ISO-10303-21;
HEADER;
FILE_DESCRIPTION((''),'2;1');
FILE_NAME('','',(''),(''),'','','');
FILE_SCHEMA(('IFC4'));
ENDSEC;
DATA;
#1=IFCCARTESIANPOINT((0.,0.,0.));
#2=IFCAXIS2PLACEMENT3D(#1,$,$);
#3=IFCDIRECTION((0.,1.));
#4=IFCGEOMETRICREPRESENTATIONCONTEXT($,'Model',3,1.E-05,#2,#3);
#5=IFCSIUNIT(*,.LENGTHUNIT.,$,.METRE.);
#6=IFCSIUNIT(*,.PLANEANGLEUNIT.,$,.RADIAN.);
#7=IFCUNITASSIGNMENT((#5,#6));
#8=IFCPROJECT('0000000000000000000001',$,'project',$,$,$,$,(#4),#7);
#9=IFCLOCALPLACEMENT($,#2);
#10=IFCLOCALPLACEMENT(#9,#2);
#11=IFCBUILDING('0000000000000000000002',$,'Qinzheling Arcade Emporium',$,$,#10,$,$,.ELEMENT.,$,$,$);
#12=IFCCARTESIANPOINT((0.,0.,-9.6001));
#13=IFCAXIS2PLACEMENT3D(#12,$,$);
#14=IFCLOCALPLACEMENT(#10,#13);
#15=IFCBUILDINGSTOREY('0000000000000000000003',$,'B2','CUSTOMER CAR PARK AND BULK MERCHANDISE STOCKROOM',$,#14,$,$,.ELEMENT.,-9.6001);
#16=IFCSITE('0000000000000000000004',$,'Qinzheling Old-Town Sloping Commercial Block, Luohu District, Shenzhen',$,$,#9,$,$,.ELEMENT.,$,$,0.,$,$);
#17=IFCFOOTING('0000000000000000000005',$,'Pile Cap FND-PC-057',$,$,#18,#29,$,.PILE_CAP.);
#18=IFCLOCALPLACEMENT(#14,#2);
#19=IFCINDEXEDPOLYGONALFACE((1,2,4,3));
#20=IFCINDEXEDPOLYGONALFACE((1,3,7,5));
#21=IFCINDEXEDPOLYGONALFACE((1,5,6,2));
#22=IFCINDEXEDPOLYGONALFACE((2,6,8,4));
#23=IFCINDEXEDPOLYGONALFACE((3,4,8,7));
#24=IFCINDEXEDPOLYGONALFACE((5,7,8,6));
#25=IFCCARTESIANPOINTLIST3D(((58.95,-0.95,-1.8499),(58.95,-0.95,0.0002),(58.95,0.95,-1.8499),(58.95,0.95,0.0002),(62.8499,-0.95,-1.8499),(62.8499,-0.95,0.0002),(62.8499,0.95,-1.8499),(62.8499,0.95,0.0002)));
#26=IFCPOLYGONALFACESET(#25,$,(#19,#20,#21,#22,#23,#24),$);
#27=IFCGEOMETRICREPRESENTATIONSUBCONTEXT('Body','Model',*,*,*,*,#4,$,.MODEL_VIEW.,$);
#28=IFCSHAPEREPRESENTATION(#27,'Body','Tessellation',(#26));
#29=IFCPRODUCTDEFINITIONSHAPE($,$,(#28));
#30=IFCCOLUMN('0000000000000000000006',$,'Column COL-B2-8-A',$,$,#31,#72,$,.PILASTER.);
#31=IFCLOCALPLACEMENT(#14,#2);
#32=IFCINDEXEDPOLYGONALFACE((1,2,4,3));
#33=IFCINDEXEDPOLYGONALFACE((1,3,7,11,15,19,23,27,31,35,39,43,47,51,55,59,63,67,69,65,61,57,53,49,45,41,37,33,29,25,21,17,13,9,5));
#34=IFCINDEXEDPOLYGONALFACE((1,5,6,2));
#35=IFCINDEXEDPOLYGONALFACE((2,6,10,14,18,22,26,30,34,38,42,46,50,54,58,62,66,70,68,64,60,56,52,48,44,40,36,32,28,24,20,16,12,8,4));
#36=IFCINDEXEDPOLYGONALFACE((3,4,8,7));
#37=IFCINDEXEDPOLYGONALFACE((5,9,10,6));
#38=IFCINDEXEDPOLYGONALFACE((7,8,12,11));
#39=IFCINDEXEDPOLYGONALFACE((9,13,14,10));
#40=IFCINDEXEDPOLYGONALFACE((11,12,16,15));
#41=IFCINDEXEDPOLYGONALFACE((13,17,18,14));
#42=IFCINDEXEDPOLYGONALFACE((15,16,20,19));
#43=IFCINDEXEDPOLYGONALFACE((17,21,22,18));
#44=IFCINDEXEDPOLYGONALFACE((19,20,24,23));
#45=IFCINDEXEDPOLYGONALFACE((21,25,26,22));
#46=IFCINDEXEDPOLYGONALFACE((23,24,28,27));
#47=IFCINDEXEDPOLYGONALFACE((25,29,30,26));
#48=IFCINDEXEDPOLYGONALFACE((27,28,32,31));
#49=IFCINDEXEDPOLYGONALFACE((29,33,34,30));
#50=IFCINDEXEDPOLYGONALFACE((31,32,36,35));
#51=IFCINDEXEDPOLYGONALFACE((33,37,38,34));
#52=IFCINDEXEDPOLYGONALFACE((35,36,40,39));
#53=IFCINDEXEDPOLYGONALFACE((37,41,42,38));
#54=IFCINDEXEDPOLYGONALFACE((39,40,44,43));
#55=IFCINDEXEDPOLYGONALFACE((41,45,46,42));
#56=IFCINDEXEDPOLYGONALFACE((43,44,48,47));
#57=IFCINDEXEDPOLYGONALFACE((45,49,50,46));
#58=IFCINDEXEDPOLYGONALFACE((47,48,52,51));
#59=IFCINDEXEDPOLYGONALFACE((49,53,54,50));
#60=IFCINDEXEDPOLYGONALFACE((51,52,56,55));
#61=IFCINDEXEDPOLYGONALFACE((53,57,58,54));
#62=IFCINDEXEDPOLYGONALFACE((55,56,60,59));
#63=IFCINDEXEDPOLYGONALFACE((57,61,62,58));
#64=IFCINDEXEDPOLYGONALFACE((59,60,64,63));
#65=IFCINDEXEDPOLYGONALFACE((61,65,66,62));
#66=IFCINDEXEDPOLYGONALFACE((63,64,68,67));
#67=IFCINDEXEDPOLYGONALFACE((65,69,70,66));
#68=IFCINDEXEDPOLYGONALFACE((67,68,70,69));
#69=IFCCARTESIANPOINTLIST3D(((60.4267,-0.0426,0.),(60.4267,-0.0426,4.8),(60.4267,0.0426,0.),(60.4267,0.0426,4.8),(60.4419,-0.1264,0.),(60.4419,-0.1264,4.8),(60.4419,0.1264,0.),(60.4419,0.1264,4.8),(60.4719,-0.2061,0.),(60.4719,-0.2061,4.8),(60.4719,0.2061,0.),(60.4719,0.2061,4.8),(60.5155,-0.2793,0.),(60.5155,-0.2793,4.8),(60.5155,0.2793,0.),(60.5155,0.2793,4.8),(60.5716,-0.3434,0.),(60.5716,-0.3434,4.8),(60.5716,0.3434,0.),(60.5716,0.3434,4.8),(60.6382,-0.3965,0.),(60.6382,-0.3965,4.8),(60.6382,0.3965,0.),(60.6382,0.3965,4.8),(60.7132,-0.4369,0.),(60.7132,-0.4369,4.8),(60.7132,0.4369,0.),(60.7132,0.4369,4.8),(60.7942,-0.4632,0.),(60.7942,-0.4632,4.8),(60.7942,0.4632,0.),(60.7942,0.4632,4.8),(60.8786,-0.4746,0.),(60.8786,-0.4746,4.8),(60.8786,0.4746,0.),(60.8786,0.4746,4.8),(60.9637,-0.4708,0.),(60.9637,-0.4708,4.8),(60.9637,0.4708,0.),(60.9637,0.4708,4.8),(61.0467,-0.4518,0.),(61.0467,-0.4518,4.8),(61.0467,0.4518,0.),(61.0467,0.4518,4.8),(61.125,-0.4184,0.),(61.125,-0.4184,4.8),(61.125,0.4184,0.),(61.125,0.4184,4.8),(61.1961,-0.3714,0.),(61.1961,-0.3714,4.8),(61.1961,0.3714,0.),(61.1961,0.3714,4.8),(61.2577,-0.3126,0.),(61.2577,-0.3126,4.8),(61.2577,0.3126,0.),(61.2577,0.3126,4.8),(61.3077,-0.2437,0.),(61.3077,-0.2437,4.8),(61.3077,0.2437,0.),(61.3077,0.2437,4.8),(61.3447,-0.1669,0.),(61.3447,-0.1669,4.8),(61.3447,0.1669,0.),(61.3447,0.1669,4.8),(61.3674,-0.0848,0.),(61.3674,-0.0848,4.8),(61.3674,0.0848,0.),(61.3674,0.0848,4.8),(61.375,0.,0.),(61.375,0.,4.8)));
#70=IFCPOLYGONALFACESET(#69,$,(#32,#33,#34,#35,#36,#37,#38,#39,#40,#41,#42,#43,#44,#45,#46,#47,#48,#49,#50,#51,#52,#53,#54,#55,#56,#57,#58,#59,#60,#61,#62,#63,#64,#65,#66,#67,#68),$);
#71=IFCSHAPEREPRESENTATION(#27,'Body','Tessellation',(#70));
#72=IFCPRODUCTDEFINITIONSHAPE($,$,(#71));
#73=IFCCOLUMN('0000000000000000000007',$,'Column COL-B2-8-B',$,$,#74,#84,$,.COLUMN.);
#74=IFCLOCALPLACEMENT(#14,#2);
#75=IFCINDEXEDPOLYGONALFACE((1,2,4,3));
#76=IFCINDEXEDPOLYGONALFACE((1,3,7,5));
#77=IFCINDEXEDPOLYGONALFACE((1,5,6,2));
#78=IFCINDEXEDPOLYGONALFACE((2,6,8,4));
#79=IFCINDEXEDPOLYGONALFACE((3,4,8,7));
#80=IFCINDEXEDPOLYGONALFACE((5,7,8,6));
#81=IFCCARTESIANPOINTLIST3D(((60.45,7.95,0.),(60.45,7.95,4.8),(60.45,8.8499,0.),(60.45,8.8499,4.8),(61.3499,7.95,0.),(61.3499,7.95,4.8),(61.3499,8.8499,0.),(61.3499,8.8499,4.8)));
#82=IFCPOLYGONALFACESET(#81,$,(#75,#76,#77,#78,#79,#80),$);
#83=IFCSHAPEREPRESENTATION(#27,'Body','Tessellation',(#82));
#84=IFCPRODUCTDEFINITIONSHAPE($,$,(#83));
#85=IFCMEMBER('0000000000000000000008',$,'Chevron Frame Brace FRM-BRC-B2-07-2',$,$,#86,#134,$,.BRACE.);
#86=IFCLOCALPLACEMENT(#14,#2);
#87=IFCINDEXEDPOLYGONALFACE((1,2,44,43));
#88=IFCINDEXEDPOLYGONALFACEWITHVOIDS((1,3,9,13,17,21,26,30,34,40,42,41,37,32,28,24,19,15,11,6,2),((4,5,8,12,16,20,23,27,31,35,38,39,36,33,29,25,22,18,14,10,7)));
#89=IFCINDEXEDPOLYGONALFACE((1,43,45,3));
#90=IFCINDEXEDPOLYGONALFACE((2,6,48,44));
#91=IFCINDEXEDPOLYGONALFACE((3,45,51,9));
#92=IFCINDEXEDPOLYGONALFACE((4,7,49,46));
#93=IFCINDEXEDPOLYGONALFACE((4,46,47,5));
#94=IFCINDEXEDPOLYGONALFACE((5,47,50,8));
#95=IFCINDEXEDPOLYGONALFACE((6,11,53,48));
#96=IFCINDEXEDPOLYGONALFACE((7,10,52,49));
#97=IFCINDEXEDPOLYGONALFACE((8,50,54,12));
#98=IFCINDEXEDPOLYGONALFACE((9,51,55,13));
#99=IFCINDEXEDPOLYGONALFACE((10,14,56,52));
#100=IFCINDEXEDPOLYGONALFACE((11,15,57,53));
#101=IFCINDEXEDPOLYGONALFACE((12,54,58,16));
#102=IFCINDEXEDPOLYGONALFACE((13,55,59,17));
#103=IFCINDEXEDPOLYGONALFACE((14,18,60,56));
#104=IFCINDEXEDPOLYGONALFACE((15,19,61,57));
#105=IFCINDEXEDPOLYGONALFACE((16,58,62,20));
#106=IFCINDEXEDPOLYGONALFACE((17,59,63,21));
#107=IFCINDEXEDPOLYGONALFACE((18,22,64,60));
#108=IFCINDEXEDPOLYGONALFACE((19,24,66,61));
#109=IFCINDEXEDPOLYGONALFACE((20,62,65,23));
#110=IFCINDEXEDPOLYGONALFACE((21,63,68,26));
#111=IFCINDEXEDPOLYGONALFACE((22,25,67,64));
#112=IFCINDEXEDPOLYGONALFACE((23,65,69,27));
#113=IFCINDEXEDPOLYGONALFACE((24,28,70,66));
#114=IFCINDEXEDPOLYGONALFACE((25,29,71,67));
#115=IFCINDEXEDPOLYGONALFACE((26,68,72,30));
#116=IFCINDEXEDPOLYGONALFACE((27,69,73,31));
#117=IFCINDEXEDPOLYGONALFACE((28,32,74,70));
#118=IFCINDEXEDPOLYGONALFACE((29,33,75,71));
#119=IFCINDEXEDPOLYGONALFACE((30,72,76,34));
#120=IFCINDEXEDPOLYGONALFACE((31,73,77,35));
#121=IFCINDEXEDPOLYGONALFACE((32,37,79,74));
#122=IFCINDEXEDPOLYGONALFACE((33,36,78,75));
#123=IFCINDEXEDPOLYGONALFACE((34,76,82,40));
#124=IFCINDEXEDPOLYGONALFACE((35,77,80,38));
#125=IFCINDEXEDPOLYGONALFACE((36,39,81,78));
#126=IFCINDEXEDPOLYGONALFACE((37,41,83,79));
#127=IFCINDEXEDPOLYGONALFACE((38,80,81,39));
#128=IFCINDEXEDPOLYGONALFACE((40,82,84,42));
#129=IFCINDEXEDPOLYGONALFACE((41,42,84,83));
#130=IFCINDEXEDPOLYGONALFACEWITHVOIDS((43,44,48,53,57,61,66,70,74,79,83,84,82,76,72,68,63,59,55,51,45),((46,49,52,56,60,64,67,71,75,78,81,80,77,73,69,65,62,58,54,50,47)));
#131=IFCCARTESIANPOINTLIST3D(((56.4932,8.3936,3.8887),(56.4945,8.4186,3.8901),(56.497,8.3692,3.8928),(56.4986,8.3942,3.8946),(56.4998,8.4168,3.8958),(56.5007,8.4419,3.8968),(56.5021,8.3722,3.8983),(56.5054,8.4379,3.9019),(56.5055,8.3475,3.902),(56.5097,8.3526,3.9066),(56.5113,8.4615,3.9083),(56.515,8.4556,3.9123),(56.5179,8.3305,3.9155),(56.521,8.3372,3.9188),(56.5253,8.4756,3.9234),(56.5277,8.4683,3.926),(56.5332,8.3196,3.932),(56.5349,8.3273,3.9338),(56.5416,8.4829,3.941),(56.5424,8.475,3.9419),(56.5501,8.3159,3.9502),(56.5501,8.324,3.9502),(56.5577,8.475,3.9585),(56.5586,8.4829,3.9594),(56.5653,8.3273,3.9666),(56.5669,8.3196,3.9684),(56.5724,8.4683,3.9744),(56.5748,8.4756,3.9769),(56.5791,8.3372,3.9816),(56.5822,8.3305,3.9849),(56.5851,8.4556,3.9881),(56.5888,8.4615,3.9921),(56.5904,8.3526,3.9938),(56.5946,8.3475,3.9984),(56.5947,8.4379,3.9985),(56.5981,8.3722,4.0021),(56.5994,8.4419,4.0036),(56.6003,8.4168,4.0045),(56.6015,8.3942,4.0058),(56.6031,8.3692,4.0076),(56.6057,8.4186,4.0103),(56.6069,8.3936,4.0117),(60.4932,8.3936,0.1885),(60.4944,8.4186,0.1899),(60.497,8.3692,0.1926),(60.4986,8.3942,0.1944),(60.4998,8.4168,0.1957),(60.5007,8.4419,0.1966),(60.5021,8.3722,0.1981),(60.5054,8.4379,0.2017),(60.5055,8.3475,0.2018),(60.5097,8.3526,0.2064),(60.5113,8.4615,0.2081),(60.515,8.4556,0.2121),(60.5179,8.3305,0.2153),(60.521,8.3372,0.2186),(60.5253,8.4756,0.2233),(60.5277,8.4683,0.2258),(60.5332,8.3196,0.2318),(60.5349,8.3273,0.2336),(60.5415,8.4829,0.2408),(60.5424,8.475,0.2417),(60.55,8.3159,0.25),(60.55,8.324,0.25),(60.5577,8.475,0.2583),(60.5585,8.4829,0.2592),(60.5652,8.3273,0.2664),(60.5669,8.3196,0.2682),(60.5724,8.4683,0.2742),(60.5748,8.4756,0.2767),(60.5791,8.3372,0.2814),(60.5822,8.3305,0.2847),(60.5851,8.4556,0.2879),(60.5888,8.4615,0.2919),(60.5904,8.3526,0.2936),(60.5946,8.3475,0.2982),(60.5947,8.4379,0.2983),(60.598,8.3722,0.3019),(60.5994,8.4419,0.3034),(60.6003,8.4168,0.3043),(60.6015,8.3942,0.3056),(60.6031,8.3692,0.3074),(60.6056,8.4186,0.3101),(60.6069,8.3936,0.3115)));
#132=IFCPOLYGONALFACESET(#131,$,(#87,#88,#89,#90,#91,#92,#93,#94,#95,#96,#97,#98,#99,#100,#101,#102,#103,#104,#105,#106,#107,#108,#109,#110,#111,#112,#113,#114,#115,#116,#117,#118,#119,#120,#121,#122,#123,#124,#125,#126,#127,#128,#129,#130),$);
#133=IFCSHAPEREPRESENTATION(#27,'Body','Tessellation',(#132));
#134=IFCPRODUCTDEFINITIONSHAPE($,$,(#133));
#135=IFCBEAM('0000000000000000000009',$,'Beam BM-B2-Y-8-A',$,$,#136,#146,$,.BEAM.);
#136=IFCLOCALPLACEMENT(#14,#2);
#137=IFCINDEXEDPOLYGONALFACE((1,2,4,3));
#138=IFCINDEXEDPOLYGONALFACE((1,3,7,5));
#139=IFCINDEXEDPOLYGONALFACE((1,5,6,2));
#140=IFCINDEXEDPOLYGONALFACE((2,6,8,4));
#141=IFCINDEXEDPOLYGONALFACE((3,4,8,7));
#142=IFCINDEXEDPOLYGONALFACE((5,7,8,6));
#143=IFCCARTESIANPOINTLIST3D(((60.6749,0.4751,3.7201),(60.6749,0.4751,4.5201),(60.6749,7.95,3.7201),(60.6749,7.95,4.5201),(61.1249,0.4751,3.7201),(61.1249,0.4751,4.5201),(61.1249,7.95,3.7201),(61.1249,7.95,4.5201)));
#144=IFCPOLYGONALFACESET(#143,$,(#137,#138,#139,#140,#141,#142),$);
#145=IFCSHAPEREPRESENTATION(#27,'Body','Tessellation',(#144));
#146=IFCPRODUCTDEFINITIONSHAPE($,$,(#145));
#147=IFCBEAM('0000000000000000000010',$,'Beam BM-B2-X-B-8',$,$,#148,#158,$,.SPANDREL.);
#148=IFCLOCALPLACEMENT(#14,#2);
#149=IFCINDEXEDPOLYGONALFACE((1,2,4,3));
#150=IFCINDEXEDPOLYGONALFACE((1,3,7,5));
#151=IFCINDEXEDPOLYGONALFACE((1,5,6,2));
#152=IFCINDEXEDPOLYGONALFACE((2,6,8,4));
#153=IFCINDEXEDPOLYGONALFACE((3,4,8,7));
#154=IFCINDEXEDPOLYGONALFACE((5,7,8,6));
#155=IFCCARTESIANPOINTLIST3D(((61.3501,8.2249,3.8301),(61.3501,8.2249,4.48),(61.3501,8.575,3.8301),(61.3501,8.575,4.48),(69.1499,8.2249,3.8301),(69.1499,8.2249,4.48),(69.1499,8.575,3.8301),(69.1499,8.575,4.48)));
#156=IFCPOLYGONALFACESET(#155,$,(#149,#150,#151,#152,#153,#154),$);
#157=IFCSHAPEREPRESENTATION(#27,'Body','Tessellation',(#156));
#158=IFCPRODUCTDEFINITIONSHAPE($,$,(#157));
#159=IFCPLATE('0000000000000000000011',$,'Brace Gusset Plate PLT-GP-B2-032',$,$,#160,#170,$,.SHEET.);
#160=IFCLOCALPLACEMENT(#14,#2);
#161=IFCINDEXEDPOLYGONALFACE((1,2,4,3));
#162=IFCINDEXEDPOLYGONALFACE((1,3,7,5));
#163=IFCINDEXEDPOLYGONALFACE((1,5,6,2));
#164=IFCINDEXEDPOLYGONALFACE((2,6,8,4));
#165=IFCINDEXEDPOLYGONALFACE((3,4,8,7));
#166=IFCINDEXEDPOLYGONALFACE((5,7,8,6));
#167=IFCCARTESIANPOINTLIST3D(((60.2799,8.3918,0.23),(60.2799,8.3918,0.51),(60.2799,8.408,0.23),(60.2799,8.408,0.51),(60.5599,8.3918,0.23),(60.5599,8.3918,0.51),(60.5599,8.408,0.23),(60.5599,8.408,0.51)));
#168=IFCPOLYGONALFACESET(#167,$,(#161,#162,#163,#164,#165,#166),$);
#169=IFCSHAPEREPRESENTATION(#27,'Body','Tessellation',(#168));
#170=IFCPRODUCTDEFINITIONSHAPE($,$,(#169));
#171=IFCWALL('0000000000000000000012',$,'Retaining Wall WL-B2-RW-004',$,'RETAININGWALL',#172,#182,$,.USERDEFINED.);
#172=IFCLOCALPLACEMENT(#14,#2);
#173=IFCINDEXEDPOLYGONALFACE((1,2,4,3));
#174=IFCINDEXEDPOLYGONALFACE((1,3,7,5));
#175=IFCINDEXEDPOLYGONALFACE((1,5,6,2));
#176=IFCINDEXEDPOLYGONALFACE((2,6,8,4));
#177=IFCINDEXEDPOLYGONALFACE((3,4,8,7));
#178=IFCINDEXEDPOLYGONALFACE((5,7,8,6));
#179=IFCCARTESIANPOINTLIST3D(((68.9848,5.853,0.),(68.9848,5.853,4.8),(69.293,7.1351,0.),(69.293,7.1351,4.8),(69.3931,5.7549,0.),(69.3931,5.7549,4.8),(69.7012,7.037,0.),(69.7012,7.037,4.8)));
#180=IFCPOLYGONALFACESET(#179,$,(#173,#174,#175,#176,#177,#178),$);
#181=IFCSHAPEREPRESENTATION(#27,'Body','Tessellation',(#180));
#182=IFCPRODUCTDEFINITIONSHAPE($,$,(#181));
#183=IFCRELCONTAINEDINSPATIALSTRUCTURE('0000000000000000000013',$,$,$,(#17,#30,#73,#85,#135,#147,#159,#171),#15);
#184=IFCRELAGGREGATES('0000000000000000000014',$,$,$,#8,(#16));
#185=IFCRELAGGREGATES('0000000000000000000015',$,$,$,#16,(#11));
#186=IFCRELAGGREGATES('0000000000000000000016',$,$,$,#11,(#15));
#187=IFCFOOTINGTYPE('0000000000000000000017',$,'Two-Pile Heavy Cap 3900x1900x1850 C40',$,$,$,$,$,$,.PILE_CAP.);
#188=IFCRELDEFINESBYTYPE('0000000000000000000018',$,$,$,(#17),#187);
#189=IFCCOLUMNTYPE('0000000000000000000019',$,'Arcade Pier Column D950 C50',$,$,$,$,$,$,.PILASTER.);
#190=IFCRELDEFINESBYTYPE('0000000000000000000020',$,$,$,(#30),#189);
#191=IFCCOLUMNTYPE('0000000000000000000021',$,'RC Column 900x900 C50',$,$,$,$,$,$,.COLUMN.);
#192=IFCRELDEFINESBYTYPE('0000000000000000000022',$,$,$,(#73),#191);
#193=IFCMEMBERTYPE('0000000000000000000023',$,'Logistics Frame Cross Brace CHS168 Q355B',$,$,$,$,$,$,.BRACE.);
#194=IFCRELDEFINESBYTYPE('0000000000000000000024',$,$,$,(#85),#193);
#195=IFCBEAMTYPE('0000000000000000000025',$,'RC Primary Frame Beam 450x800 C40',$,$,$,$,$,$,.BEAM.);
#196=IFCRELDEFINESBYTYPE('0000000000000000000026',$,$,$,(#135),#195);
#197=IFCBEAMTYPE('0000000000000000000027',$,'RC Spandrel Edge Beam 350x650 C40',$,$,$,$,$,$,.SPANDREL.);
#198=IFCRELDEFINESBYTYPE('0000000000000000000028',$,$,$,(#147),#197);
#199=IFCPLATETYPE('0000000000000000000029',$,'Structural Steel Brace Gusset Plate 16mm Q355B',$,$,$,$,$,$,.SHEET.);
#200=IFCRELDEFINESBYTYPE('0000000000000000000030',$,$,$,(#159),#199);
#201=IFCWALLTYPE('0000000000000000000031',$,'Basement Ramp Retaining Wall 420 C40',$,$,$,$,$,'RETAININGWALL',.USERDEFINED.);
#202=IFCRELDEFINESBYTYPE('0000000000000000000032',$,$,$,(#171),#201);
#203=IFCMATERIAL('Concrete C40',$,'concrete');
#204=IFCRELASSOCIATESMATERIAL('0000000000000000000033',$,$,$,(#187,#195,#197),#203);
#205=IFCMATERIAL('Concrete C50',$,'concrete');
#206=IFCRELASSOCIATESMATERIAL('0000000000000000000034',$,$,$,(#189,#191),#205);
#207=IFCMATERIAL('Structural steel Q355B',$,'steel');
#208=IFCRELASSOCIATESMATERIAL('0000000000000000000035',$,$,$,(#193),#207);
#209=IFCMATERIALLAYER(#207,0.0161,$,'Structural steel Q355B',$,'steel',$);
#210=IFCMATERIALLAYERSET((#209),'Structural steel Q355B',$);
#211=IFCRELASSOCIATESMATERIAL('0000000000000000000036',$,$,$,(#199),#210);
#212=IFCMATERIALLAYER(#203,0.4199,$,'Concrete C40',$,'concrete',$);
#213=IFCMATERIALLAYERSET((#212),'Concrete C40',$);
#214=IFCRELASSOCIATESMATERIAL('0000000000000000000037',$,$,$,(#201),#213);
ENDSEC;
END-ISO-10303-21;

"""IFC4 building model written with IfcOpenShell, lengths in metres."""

from ifc_helpers import new_model, si_unit, direction, frame, frame_2d, origin, origin_2d, place, context, subcontext, project, spatial, rectangle, circle, hollow_circle, extrude, material, layer, layer_set, material_profile, profile_set, type_object, element, save


model = new_model("IFC4")

# Units and contexts
model_context = context("Model", 3, precision=1e-05, world=origin(), true_north=direction((0.0, 1.0)))
body_context = subcontext(model_context, "Body", "Model", "MODEL_VIEW")
ifc_project = project(units=[si_unit("LENGTHUNIT", "METRE"), si_unit("PLANEANGLEUNIT", "RADIAN")], contexts=[model_context])

# Site, building, storey
site_placement = place(None, origin())
site = spatial("IfcSite", under=ifc_project, at=site_placement, Name="Qinzheling Old-Town Sloping Commercial Block, Luohu District, Shenzhen", CompositionType="ELEMENT", RefElevation=0.0)
building_placement = place(site_placement, origin())
building = spatial("IfcBuilding", under=site, at=building_placement, Name="Qinzheling Arcade Emporium", CompositionType="ELEMENT")
storey_placement = place(building_placement, frame((0.0, 0.0, -9.6001)))
storey = spatial("IfcBuildingStorey", under=building, at=storey_placement, Name="B2", Description="CUSTOMER CAR PARK AND BULK MERCHANDISE STOCKROOM", CompositionType="ELEMENT", Elevation=-9.6001)

# Shared definitions
ifc_material_1 = material(Name="Concrete C40", Category="concrete")

# Footing
footing_type_1 = type_object("IfcFootingType", Name="Two-Pile Heavy Cap 3900x1900x1850 C40", PredefinedType="PILE_CAP", material=ifc_material_1)
footing_1_placement = place(storey_placement, frame((60.8999, 0.0, -1.8499), z_axis=(0.0, 0.0, 1.0), x_axis=(1.0, 0.0, 0.0)))
element("IfcFooting", 1, at=footing_1_placement, inside=storey, type_object=footing_type_1, Name="Pile Cap FND-PC-057", PredefinedType="PILE_CAP", context=body_context, shape_type="SweptSolid", body=[
    extrude(rectangle(XDim=3.8999, YDim=1.8999, at=origin_2d()), origin(), (0.0, 0.0, 1.0), 1.8501),
])

# Columns
ifc_material_2 = material(Name="Concrete C50", Category="concrete")
ifc_material_profile_1 = material_profile(ifc_material_2, circle(Radius=0.4751, at=origin_2d()), Name="RC D950", Category="concrete")
ifc_profile_set_1 = profile_set([ifc_material_profile_1], Name="Concrete C50")
column_type_1 = type_object("IfcColumnType", Name="Arcade Pier Column D950 C50", PredefinedType="PILASTER", material=ifc_profile_set_1)
column_1_placement = place(storey_placement, frame((60.8999, 0.0, 0.0), z_axis=(0.0, 0.0, 1.0), x_axis=(1.0, 0.0, 0.0)))
element("IfcColumn", 2, at=column_1_placement, inside=storey, type_object=column_type_1, Name="Column COL-B2-8-A", PredefinedType="PILASTER", context=body_context, shape_type="SweptSolid", body=[
    extrude(circle(Radius=0.4751, at=origin_2d()), origin(), (0.0, 0.0, 1.0), 4.8),
])
ifc_material_profile_2 = material_profile(ifc_material_2, rectangle(XDim=0.8999, YDim=0.8999, at=origin_2d()), Name="RC 900x900", Category="concrete")
ifc_profile_set_2 = profile_set([ifc_material_profile_2], Name="Concrete C50")
column_type_2 = type_object("IfcColumnType", Name="RC Column 900x900 C50", PredefinedType="COLUMN", material=ifc_profile_set_2)
column_2_placement = place(storey_placement, frame((60.8999, 8.3999, 0.0), z_axis=(0.0, 0.0, 1.0), x_axis=(1.0, 0.0, 0.0)))
element("IfcColumn", 3, at=column_2_placement, inside=storey, type_object=column_type_2, Name="Column COL-B2-8-B", PredefinedType="COLUMN", context=body_context, shape_type="SweptSolid", body=[
    extrude(rectangle(XDim=0.8999, YDim=0.8999, at=origin_2d()), origin(), (0.0, 0.0, 1.0), 4.8),
])

# Member
ifc_material_3 = material(Name="Structural steel Q355B", Category="steel")
ifc_material_profile_3 = material_profile(ifc_material_3, hollow_circle(Radius=0.084, WallThickness=0.0081, at=origin_2d()), Name="CHS 168x8", Category="steel")
ifc_profile_set_3 = profile_set([ifc_material_profile_3], Name="Structural steel Q355B")
member_type = type_object("IfcMemberType", Name="Logistics Frame Cross Brace CHS168 Q355B", PredefinedType="BRACE", material=ifc_profile_set_3)
member_placement = place(storey_placement, frame((60.55, 8.3999, 0.25), z_axis=(-0.734082, 0.0, 0.679061), x_axis=(0.0, -1.0, 0.0)))
element("IfcMember", 4, at=member_placement, inside=storey, type_object=member_type, Name="Chevron Frame Brace FRM-BRC-B2-07-2", PredefinedType="BRACE", context=body_context, shape_type="SweptSolid", body=[
    extrude(hollow_circle(Radius=0.084, WallThickness=0.0081, at=origin_2d()), origin(), (0.0, 0.0, 1.0), 5.449),
])

# Beams
ifc_material_profile_4 = material_profile(ifc_material_1, rectangle(XDim=0.45, YDim=0.8, at=origin_2d()), Name="RC 450x800", Category="concrete")
ifc_profile_set_4 = profile_set([ifc_material_profile_4], Name="Concrete C40")
beam_type_1 = type_object("IfcBeamType", Name="RC Primary Frame Beam 450x800 C40", PredefinedType="BEAM", material=ifc_profile_set_4)
beam_1_placement = place(storey_placement, frame((60.8999, 0.4751, 4.1201), z_axis=(0.0, 1.0, 0.0), x_axis=(-1.0, 0.0, 0.0)))
element("IfcBeam", 5, at=beam_1_placement, inside=storey, type_object=beam_type_1, Name="Beam BM-B2-Y-8-A", PredefinedType="BEAM", context=body_context, shape_type="SweptSolid", body=[
    extrude(rectangle(XDim=0.45, YDim=0.8, at=origin_2d()), origin(), (0.0, 0.0, 1.0), 7.4749),
])
ifc_material_profile_5 = material_profile(ifc_material_1, rectangle(XDim=0.3501, YDim=0.6499, at=origin_2d()), Name="RC 350x650", Category="concrete")
ifc_profile_set_5 = profile_set([ifc_material_profile_5], Name="Concrete C40")
beam_type_2 = type_object("IfcBeamType", Name="RC Spandrel Edge Beam 350x650 C40", PredefinedType="SPANDREL", material=ifc_profile_set_5)
beam_2_placement = place(storey_placement, frame((61.3501, 8.3999, 4.155), z_axis=(1.0, 0.0, 0.0), x_axis=(0.0, 1.0, 0.0)))
element("IfcBeam", 6, at=beam_2_placement, inside=storey, type_object=beam_type_2, Name="Beam BM-B2-X-B-8", PredefinedType="SPANDREL", context=body_context, shape_type="SweptSolid", body=[
    extrude(rectangle(XDim=0.3501, YDim=0.6499, at=origin_2d()), origin(), (0.0, 0.0, 1.0), 7.7998),
])

# Plate
ifc_layer_1 = layer(ifc_material_3, 0.0161, Name="Structural steel Q355B", Category="steel")
ifc_layer_set_1 = layer_set([ifc_layer_1], Name="Structural steel Q355B")
plate_type = type_object("IfcPlateType", Name="Structural Steel Brace Gusset Plate 16mm Q355B", PredefinedType="SHEET", material=ifc_layer_set_1)
plate_placement = place(storey_placement, frame((60.4199, 8.3999, 0.23), z_axis=(0.0, 0.0, 1.0), x_axis=(1.0, 0.0, 0.0)))
element("IfcPlate", 7, at=plate_placement, inside=storey, type_object=plate_type, Name="Brace Gusset Plate PLT-GP-B2-032", PredefinedType="SHEET", context=body_context, shape_type="SweptSolid", body=[
    extrude(rectangle(XDim=0.28, YDim=0.0161, at=origin_2d()), origin(), (0.0, 0.0, 1.0), 0.28),
])

# Wall
ifc_layer_2 = layer(ifc_material_1, 0.4199, Name="Concrete C40", Category="concrete")
ifc_layer_set_2 = layer_set([ifc_layer_2], Name="Concrete C40")
wall_type_1 = type_object("IfcWallType", Name="Basement Ramp Retaining Wall 420 C40", ElementType="RETAININGWALL", PredefinedType="USERDEFINED", material=ifc_layer_set_2)
wall_1_placement = place(storey_placement, frame((69.4971, 7.0859, 0.0), z_axis=(0.0, 0.0, 1.0), x_axis=(-0.233681, -0.972313, 0.0)))
element("IfcWall", 8, at=wall_1_placement, inside=storey, type_object=wall_type_1, Name="Retaining Wall WL-B2-RW-004", ObjectType="RETAININGWALL", PredefinedType="USERDEFINED", context=body_context, shape_type="SweptSolid", body=[
    extrude(rectangle(XDim=1.3186, YDim=0.4199, at=frame_2d((0.6592, 0.0))), origin(), (0.0, 0.0, 1.0), 4.8),
])

save(model, "model.ifc")
